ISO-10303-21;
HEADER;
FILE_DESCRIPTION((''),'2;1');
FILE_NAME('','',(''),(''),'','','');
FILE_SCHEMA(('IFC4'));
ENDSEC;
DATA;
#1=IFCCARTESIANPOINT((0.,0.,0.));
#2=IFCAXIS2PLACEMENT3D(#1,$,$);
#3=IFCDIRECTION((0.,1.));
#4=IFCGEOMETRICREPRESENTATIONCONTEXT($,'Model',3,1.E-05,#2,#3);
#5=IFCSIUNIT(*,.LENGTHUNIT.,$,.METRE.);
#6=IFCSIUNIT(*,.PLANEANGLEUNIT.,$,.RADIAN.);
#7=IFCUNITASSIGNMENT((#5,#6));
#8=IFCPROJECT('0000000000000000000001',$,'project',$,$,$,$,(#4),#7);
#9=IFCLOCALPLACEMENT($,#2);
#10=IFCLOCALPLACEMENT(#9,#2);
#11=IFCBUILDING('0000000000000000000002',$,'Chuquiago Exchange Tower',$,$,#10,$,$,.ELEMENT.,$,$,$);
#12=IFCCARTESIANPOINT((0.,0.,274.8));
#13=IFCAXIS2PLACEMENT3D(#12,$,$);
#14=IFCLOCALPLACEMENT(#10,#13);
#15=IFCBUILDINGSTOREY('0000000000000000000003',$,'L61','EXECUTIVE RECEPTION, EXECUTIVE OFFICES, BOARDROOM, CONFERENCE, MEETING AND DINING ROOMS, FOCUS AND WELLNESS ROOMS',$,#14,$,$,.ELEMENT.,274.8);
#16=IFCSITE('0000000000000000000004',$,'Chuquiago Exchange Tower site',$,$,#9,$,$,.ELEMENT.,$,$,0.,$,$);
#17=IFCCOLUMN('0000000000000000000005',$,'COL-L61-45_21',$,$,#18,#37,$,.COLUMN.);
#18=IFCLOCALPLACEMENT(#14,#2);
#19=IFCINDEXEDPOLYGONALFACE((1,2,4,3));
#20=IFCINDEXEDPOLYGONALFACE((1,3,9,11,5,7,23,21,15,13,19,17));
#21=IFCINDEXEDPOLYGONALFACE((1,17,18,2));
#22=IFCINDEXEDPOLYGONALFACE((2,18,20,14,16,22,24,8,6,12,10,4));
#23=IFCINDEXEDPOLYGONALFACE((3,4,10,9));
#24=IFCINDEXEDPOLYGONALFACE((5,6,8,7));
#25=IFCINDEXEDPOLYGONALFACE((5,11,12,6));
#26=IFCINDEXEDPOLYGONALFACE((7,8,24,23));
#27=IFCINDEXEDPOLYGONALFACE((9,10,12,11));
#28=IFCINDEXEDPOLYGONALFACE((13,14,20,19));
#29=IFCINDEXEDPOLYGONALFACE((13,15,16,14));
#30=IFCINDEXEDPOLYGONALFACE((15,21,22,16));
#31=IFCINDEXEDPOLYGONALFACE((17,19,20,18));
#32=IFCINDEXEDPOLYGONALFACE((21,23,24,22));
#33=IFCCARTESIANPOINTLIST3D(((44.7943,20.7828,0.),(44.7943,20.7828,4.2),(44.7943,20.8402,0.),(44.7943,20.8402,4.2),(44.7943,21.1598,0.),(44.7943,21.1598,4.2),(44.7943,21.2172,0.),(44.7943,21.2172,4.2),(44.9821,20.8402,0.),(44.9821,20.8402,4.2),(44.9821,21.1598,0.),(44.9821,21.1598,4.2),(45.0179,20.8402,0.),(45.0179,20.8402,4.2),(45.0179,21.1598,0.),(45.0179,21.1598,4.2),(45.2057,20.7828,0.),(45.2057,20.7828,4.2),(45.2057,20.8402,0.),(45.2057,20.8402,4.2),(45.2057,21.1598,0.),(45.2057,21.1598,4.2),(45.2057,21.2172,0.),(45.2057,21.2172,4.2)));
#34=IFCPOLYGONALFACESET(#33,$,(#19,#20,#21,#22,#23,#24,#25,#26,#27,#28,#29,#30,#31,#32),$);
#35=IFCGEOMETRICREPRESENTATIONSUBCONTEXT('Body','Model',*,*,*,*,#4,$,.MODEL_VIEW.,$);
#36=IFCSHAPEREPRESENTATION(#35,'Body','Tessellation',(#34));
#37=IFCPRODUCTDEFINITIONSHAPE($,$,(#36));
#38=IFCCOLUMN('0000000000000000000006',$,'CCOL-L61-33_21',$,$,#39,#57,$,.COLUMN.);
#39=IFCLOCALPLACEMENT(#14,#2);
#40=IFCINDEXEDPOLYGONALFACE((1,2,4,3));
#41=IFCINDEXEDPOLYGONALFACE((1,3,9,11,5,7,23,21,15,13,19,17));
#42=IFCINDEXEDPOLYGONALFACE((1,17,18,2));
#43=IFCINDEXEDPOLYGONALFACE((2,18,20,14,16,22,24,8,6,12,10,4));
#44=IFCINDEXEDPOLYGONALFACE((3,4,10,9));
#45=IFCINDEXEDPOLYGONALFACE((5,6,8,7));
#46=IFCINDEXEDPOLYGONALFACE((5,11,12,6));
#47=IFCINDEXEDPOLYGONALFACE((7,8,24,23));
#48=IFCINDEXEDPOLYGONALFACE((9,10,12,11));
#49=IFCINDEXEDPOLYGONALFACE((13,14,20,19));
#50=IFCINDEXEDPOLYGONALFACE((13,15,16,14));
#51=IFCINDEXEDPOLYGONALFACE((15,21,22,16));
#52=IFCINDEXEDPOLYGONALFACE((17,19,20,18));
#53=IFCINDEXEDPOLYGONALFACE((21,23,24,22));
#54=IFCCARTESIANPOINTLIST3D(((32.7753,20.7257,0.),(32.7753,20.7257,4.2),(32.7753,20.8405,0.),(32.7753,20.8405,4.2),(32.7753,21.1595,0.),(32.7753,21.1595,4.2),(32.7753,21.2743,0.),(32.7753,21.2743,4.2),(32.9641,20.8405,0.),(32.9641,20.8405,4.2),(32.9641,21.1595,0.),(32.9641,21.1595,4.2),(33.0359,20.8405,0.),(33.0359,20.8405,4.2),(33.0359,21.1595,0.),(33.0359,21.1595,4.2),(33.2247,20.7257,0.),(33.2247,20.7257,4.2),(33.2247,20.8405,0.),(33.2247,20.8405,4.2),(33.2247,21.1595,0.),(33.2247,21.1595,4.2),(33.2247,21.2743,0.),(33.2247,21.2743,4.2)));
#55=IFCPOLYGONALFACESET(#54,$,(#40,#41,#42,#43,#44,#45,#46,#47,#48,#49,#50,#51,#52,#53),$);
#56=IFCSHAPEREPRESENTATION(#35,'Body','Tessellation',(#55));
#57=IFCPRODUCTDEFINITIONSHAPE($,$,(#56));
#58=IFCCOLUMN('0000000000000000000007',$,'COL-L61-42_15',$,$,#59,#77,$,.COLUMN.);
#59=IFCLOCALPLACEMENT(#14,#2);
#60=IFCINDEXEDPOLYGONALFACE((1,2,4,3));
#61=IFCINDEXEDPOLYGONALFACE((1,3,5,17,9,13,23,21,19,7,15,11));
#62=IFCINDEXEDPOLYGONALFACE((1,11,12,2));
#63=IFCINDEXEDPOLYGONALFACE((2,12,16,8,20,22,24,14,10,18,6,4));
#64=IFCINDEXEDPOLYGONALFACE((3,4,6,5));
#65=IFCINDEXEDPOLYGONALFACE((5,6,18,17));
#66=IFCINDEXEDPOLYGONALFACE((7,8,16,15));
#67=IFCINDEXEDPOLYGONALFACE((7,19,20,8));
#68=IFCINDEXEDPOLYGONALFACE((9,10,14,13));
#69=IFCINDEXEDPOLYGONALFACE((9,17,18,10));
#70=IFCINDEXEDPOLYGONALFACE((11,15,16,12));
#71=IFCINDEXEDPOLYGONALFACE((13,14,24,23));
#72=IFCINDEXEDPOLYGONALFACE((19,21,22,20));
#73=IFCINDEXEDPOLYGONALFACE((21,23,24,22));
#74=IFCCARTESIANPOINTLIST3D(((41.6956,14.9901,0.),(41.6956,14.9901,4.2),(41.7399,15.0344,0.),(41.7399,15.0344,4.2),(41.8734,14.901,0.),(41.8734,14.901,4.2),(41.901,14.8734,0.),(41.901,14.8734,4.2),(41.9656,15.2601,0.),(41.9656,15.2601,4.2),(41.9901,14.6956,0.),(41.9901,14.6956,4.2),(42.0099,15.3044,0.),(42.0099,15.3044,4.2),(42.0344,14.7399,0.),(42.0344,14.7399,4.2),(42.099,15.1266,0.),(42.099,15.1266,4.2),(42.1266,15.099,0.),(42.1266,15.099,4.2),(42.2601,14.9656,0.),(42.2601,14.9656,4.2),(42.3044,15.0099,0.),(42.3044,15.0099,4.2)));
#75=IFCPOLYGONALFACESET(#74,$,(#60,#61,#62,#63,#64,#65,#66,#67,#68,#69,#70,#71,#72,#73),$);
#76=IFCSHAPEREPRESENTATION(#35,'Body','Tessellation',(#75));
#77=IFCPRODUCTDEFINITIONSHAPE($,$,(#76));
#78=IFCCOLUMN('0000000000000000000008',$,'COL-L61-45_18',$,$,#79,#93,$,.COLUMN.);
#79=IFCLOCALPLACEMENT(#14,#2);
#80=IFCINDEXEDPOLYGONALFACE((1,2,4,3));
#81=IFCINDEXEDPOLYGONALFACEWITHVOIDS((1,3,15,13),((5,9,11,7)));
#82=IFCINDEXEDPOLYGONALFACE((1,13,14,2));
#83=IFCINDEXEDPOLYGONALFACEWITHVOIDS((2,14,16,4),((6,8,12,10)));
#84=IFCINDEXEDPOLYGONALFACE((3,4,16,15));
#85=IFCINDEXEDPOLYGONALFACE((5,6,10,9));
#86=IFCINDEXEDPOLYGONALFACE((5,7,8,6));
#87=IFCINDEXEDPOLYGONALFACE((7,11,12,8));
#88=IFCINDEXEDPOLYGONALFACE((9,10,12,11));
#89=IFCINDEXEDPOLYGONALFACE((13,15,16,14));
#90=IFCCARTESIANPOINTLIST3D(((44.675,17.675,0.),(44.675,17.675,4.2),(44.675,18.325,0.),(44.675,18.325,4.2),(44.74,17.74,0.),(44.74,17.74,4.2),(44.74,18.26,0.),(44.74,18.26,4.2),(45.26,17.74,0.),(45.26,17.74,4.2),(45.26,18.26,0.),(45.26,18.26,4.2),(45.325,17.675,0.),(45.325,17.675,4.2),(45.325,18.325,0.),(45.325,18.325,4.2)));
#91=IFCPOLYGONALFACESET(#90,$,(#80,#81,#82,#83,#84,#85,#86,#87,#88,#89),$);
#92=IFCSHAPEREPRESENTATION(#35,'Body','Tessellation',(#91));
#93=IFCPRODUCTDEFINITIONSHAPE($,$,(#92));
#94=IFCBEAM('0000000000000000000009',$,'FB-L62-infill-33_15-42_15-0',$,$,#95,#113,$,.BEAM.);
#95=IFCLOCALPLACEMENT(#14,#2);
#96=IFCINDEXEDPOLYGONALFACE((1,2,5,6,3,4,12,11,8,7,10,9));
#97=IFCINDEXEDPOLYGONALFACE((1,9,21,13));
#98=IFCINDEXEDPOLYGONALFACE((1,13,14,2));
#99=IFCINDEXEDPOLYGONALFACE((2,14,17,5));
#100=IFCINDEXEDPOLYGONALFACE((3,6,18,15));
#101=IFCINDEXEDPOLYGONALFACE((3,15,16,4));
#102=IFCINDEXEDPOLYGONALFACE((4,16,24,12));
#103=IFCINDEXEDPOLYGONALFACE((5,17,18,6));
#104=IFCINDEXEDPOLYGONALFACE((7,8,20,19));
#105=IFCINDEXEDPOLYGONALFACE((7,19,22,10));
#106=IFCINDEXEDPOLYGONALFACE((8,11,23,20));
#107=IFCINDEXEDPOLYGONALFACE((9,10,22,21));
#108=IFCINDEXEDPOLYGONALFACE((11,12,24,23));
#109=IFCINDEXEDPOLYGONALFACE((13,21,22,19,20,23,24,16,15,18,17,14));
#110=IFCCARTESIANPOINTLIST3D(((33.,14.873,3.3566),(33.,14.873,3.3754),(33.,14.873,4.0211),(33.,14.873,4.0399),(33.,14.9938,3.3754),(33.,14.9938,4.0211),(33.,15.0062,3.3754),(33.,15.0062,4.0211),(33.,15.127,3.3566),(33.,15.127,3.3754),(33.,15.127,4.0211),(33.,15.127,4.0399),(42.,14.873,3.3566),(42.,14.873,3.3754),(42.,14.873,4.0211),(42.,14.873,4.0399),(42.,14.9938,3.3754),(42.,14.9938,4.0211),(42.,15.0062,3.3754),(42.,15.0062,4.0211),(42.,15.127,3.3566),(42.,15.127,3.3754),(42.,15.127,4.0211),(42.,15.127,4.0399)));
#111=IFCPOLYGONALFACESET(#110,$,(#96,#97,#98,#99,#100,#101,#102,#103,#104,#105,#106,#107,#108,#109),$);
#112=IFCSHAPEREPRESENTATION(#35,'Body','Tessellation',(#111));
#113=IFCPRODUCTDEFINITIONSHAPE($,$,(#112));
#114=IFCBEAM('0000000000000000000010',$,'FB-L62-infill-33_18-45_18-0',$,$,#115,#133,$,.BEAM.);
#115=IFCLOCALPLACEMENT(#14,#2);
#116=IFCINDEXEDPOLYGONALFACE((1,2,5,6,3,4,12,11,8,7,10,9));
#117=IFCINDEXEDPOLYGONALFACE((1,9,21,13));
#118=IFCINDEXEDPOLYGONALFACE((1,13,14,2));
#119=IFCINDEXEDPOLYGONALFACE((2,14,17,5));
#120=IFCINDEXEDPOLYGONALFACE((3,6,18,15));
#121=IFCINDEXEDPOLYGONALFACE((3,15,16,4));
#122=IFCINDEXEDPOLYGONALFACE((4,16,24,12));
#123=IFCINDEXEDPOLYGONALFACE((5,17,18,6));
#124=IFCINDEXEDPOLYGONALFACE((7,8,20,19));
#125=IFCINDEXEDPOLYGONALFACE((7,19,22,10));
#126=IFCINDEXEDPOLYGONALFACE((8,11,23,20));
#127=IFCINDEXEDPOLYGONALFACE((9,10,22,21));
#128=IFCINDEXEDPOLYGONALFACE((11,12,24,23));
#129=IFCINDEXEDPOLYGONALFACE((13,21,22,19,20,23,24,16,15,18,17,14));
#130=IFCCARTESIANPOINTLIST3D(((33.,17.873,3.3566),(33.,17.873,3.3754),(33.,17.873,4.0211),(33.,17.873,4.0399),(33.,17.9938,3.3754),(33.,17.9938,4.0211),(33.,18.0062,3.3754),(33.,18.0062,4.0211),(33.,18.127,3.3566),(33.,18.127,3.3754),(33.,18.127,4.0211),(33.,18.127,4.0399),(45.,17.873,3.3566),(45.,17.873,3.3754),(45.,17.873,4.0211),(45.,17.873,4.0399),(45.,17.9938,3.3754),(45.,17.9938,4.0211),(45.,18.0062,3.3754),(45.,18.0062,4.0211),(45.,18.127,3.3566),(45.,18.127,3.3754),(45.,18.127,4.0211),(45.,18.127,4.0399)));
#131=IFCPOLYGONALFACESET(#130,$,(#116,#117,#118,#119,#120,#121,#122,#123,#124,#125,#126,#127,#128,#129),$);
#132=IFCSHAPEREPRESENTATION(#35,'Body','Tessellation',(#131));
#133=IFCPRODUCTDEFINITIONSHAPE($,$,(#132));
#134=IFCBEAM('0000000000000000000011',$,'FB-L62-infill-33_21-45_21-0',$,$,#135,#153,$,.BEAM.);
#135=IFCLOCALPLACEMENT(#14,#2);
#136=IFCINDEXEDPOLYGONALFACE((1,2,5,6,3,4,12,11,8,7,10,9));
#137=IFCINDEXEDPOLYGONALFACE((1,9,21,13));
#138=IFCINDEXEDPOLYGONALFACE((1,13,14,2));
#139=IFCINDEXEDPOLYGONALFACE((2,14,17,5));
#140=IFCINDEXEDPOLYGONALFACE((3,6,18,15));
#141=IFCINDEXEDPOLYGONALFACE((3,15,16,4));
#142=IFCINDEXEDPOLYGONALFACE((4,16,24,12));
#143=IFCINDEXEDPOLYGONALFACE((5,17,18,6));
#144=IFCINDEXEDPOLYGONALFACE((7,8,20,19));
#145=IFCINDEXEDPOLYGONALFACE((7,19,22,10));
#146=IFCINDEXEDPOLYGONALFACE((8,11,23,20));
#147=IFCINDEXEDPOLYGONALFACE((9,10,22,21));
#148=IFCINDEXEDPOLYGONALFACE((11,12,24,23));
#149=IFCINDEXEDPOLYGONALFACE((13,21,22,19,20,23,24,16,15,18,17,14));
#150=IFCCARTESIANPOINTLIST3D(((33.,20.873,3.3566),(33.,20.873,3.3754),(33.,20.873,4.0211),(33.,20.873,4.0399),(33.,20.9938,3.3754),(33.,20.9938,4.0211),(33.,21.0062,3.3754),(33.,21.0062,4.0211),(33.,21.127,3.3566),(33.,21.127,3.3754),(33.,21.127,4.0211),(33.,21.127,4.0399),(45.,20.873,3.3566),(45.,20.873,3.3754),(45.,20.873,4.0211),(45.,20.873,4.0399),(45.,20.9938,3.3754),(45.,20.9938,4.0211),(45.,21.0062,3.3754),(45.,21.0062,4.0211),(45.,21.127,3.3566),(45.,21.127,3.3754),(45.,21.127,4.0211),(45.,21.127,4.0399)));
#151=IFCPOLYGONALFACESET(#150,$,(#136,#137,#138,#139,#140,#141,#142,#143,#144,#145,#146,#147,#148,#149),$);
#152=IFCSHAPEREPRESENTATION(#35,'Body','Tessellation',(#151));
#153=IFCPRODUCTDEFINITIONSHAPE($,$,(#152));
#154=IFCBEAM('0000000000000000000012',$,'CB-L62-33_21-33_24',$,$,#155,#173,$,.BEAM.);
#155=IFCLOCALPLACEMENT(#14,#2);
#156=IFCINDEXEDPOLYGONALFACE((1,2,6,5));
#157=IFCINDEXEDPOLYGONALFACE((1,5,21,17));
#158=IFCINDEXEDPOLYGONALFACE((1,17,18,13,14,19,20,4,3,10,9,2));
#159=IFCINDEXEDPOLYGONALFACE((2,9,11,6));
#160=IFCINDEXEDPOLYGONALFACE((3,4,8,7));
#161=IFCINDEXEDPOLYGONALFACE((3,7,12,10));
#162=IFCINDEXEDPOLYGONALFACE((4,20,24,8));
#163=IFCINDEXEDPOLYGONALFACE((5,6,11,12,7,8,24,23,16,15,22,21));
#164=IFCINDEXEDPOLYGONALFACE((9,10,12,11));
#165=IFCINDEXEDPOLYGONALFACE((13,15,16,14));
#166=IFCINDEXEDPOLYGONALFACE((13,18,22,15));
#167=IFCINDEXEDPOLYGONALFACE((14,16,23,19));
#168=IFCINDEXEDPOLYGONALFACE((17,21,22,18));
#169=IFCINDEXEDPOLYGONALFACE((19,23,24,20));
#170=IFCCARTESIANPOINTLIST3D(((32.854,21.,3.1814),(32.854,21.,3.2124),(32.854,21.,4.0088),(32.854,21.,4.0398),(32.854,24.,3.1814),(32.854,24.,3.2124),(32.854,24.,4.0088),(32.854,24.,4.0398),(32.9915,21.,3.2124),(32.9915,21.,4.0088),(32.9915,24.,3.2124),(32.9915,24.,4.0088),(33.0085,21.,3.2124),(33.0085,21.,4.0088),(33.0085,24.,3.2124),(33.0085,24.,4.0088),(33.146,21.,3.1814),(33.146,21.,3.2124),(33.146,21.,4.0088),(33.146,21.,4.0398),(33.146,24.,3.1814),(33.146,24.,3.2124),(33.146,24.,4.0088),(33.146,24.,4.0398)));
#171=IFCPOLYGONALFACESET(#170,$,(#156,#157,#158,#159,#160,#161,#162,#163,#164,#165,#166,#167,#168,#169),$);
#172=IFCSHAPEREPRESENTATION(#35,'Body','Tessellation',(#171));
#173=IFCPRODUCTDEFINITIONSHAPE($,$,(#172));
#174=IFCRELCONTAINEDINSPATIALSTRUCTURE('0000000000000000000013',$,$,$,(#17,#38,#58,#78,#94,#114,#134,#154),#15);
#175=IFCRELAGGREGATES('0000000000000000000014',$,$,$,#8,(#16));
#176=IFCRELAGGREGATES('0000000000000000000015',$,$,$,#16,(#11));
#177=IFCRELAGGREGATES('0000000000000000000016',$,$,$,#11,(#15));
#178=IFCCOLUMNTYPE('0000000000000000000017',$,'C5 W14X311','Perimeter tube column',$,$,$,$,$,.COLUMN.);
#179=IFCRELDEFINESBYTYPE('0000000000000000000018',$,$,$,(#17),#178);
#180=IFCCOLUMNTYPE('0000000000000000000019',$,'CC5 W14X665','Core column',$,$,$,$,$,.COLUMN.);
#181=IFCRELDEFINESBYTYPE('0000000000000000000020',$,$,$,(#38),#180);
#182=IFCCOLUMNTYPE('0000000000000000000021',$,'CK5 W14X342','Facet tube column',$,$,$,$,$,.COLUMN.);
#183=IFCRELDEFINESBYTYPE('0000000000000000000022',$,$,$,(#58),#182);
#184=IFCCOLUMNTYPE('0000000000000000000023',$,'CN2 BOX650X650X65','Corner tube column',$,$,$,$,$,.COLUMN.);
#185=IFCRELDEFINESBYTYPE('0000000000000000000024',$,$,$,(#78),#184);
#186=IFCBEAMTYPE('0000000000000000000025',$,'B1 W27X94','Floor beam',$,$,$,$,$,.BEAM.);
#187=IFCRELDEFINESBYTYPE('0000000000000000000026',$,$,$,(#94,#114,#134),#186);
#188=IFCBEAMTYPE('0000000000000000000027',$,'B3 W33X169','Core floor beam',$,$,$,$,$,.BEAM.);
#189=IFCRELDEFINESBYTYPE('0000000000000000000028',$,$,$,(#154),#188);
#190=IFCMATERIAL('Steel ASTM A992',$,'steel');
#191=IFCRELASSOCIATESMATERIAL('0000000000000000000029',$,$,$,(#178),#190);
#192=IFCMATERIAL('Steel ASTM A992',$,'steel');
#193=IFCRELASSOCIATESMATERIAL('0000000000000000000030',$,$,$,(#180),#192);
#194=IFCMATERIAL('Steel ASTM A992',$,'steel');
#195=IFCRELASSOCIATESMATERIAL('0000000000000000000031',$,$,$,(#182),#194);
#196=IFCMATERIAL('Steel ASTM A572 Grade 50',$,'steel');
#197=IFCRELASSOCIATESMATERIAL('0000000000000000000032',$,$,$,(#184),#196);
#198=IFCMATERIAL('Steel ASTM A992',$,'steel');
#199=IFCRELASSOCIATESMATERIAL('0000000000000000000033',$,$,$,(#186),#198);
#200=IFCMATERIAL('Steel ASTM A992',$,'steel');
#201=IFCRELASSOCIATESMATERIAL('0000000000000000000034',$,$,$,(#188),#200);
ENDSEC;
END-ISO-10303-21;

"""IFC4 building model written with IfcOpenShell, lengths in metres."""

from ifc_helpers import new_model, si_unit, direction, frame, origin, origin_2d, place, context, subcontext, project, spatial, hollow_rectangle, i_section, extrude, material, material_profile, profile_set, type_object, element, save


model = new_model("IFC4")

# Units and contexts
model_context = context("Model", 3, precision=1e-05, world=origin(), true_north=direction((0.0, 1.0)))
body_context = subcontext(model_context, "Body", "Model", "MODEL_VIEW")
ifc_project = project(units=[si_unit("LENGTHUNIT", "METRE"), si_unit("PLANEANGLEUNIT", "RADIAN")], contexts=[model_context])

# Site, building, storey
site_placement = place(None, origin())
site = spatial("IfcSite", under=ifc_project, at=site_placement, Name="Chuquiago Exchange Tower site", CompositionType="ELEMENT", RefElevation=0.0)
building_placement = place(site_placement, origin())
building = spatial("IfcBuilding", under=site, at=building_placement, Name="Chuquiago Exchange Tower", CompositionType="ELEMENT")
storey_placement = place(building_placement, frame((0.0, 0.0, 274.8)))
storey = spatial("IfcBuildingStorey", under=building, at=storey_placement, Name="L61", Description="EXECUTIVE RECEPTION, EXECUTIVE OFFICES, BOARDROOM, CONFERENCE, MEETING AND DINING ROOMS, FOCUS AND WELLNESS ROOMS", CompositionType="ELEMENT", Elevation=274.8)

# Columns
ifc_material_1 = material(Name="Steel ASTM A992", Category="steel")
ifc_material_profile_1 = material_profile(ifc_material_1, i_section(OverallWidth=0.4114, OverallDepth=0.4343, WebThickness=0.0359, FlangeThickness=0.0574, at=origin_2d()), Name="W14X311")
ifc_profile_set_1 = profile_set([ifc_material_profile_1], Name="Steel ASTM A992")
column_type_1 = type_object("IfcColumnType", Name="C5 W14X311", Description="Perimeter tube column", PredefinedType="COLUMN", material=ifc_profile_set_1)
column_1_placement = place(storey_placement, frame((45.0, 21.0, 0.0), z_axis=(0.0, 0.0, 1.0), x_axis=(1.0, 0.0, 0.0)))
element("IfcColumn", 1, at=column_1_placement, inside=storey, type_object=column_type_1, Name="COL-L61-45_21", PredefinedType="COLUMN", context=body_context, shape_type="SweptSolid", body=[
    extrude(i_section(OverallWidth=0.4114, OverallDepth=0.4343, WebThickness=0.0359, FlangeThickness=0.0574, at=origin_2d()), origin(), (0.0, 0.0, 1.0), 4.2),
])
ifc_material_2 = material(Name="Steel ASTM A992", Category="steel")
ifc_material_profile_2 = material_profile(ifc_material_2, i_section(OverallWidth=0.4495, OverallDepth=0.5486, WebThickness=0.0718, FlangeThickness=0.1147, at=origin_2d()), Name="W14X665")
ifc_profile_set_2 = profile_set([ifc_material_profile_2], Name="Steel ASTM A992")
column_type_2 = type_object("IfcColumnType", Name="CC5 W14X665", Description="Core column", PredefinedType="COLUMN", material=ifc_profile_set_2)
column_2_placement = place(storey_placement, frame((33.0, 21.0, 0.0), z_axis=(0.0, 0.0, 1.0), x_axis=(1.0, 0.0, 0.0)))
element("IfcColumn", 2, at=column_2_placement, inside=storey, type_object=column_type_2, Name="CCOL-L61-33_21", PredefinedType="COLUMN", context=body_context, shape_type="SweptSolid", body=[
    extrude(i_section(OverallWidth=0.4495, OverallDepth=0.5486, WebThickness=0.0718, FlangeThickness=0.1147, at=origin_2d()), origin(), (0.0, 0.0, 1.0), 4.2),
])
ifc_material_3 = material(Name="Steel ASTM A992", Category="steel")
ifc_material_profile_3 = material_profile(ifc_material_3, i_section(OverallWidth=0.4165, OverallDepth=0.4446, WebThickness=0.0391, FlangeThickness=0.0627, at=origin_2d()), Name="W14X342")
ifc_profile_set_3 = profile_set([ifc_material_profile_3], Name="Steel ASTM A992")
column_type_3 = type_object("IfcColumnType", Name="CK5 W14X342", Description="Facet tube column", PredefinedType="COLUMN", material=ifc_profile_set_3)
column_3_placement = place(storey_placement, frame((42.0, 15.0, 0.0), z_axis=(0.0, 0.0, 1.0), x_axis=(0.707107, -0.707107, 0.0)))
element("IfcColumn", 3, at=column_3_placement, inside=storey, type_object=column_type_3, Name="COL-L61-42_15", PredefinedType="COLUMN", context=body_context, shape_type="SweptSolid", body=[
    extrude(i_section(OverallWidth=0.4165, OverallDepth=0.4446, WebThickness=0.0391, FlangeThickness=0.0627, at=origin_2d()), origin(), (0.0, 0.0, 1.0), 4.2),
])
ifc_material_4 = material(Name="Steel ASTM A572 Grade 50", Category="steel")
ifc_material_profile_4 = material_profile(ifc_material_4, hollow_rectangle(XDim=0.6499, YDim=0.6499, WallThickness=0.0649, at=origin_2d()), Name="BOX650X650X65")
ifc_profile_set_4 = profile_set([ifc_material_profile_4], Name="Steel ASTM A572 Grade 50")
column_type_4 = type_object("IfcColumnType", Name="CN2 BOX650X650X65", Description="Corner tube column", PredefinedType="COLUMN", material=ifc_profile_set_4)
column_4_placement = place(storey_placement, frame((45.0, 18.0, 0.0), z_axis=(0.0, 0.0, 1.0), x_axis=(1.0, 0.0, 0.0)))
element("IfcColumn", 4, at=column_4_placement, inside=storey, type_object=column_type_4, Name="COL-L61-45_18", PredefinedType="COLUMN", context=body_context, shape_type="SweptSolid", body=[
    extrude(hollow_rectangle(XDim=0.6499, YDim=0.6499, WallThickness=0.0649, at=origin_2d()), origin(), (0.0, 0.0, 1.0), 4.2),
])

# Beams
ifc_material_5 = material(Name="Steel ASTM A992", Category="steel")
ifc_material_profile_5 = material_profile(ifc_material_5, i_section(OverallWidth=0.2539, OverallDepth=0.6833, WebThickness=0.0125, FlangeThickness=0.0188, at=origin_2d()), Name="W27X94")
ifc_profile_set_5 = profile_set([ifc_material_profile_5], Name="Steel ASTM A992")
beam_type_1 = type_object("IfcBeamType", Name="B1 W27X94", Description="Floor beam", PredefinedType="BEAM", material=ifc_profile_set_5)
beam_1_placement = place(storey_placement, frame((33.0, 15.0, 3.6982), z_axis=(1.0, 0.0, 0.0), x_axis=(0.0, 1.0, 0.0)))
element("IfcBeam", 5, at=beam_1_placement, inside=storey, type_object=beam_type_1, Name="FB-L62-infill-33_15-42_15-0", PredefinedType="BEAM", context=body_context, shape_type="SweptSolid", body=[
    extrude(i_section(OverallWidth=0.2539, OverallDepth=0.6833, WebThickness=0.0125, FlangeThickness=0.0188, at=origin_2d()), origin(), (0.0, 0.0, 1.0), 9.0),
])
for number, where, z_axis, x_axis, name in (
    (6, (33.0, 18.0, 3.6982), (1.0, 0.0, 0.0), (0.0, 1.0, 0.0), "FB-L62-infill-33_18-45_18-0"),
    (7, (33.0, 21.0, 3.6982), (1.0, 0.0, 0.0), (0.0, 1.0, 0.0), "FB-L62-infill-33_21-45_21-0"),
):
    element("IfcBeam", number, at=place(storey_placement, frame(where, z_axis=z_axis, x_axis=x_axis)), inside=storey, type_object=beam_type_1, Name=name, PredefinedType="BEAM", context=body_context, shape_type="SweptSolid", body=[
        extrude(i_section(OverallWidth=0.2539, OverallDepth=0.6833, WebThickness=0.0125, FlangeThickness=0.0188, at=origin_2d()), origin(), (0.0, 0.0, 1.0), 12.0),
    ])
ifc_material_6 = material(Name="Steel ASTM A992", Category="steel")
ifc_material_profile_6 = material_profile(ifc_material_6, i_section(OverallWidth=0.292, OverallDepth=0.8584, WebThickness=0.0171, FlangeThickness=0.031, at=origin_2d()), Name="W33X169")
ifc_profile_set_6 = profile_set([ifc_material_profile_6], Name="Steel ASTM A992")
beam_type_2 = type_object("IfcBeamType", Name="B3 W33X169", Description="Core floor beam", PredefinedType="BEAM", material=ifc_profile_set_6)
beam_2_placement = place(storey_placement, frame((33.0, 21.0, 3.6106), z_axis=(0.0, 1.0, 0.0), x_axis=(-1.0, 0.0, 0.0)))
element("IfcBeam", 8, at=beam_2_placement, inside=storey, type_object=beam_type_2, Name="CB-L62-33_21-33_24", PredefinedType="BEAM", context=body_context, shape_type="SweptSolid", body=[
    extrude(i_section(OverallWidth=0.292, OverallDepth=0.8584, WebThickness=0.0171, FlangeThickness=0.031, at=origin_2d()), origin(), (0.0, 0.0, 1.0), 3.0),
])

save(model, "model.ifc")
